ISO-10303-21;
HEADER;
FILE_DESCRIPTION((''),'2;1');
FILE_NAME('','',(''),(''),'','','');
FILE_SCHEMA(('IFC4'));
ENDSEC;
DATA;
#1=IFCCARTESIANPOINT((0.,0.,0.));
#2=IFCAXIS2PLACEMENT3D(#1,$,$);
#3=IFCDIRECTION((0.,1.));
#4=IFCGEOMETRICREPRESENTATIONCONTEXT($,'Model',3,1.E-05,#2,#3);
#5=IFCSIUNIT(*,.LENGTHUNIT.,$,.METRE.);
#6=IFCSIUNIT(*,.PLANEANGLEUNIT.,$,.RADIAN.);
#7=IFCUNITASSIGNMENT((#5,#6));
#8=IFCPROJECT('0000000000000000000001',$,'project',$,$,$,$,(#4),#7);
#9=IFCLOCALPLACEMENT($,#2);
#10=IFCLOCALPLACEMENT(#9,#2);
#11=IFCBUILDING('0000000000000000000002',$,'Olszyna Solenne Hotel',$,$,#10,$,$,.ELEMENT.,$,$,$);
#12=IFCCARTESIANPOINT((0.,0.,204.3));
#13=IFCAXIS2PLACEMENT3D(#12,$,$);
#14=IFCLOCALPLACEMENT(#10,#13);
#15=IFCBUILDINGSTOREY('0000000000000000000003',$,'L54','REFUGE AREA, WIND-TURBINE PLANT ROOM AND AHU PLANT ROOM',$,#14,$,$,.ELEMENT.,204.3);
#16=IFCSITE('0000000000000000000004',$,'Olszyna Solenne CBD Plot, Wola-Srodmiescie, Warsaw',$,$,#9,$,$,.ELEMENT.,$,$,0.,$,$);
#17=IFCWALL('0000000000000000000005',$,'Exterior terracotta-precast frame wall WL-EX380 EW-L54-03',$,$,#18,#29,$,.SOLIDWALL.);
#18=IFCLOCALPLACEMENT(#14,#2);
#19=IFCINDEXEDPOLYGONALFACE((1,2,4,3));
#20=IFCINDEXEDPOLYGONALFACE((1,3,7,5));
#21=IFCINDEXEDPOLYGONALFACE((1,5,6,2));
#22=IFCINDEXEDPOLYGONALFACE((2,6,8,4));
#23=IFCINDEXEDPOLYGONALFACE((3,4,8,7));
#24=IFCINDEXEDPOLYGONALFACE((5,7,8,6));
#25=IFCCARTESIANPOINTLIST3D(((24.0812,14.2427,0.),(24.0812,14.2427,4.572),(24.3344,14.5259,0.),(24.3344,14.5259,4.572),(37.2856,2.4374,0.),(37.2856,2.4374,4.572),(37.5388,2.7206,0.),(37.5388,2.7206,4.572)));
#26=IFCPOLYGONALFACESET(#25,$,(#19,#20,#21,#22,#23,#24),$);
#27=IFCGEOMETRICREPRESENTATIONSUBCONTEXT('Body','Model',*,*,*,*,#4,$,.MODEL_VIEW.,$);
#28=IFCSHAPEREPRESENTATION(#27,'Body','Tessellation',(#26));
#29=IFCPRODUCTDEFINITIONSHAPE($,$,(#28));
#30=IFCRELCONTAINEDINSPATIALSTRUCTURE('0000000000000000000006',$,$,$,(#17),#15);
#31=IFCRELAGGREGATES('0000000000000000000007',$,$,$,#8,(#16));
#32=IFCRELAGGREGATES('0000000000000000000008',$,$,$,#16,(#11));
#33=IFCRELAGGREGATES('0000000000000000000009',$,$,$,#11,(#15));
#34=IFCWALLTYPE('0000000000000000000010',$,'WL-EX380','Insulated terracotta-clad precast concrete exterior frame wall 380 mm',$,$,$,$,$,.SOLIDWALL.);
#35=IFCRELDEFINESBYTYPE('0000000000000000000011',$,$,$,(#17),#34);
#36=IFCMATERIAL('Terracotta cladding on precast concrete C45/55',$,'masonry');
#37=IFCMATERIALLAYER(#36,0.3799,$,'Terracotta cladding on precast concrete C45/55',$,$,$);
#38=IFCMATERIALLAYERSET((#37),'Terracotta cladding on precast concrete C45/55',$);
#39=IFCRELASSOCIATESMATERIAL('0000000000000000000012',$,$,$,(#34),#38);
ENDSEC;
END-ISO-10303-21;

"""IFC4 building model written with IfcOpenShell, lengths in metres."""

from ifc_helpers import new_model, si_unit, direction, frame, frame_2d, origin, place, context, subcontext, project, spatial, rectangle, extrude, material, layer, layer_set, type_object, element, save


model = new_model("IFC4")

# Units and contexts
model_context = context("Model", 3, precision=1e-05, world=origin(), true_north=direction((0.0, 1.0)))
body_context = subcontext(model_context, "Body", "Model", "MODEL_VIEW")
ifc_project = project(units=[si_unit("LENGTHUNIT", "METRE"), si_unit("PLANEANGLEUNIT", "RADIAN")], contexts=[model_context])

# Site, building, storey
site_placement = place(None, origin())
site = spatial("IfcSite", under=ifc_project, at=site_placement, Name="Olszyna Solenne CBD Plot, Wola-Srodmiescie, Warsaw", CompositionType="ELEMENT", RefElevation=0.0)
building_placement = place(site_placement, origin())
building = spatial("IfcBuilding", under=site, at=building_placement, Name="Olszyna Solenne Hotel", CompositionType="ELEMENT")
storey_placement = place(building_placement, frame((0.0, 0.0, 204.3)))
storey = spatial("IfcBuildingStorey", under=building, at=storey_placement, Name="L54", Description="REFUGE AREA, WIND-TURBINE PLANT ROOM AND AHU PLANT ROOM", CompositionType="ELEMENT", Elevation=204.3)

# Wall
ifc_material_1 = material(Name="Terracotta cladding on precast concrete C45/55", Category="masonry")
ifc_layer = layer(ifc_material_1, 0.3799, Name="Terracotta cladding on precast concrete C45/55")
ifc_layer_set = layer_set([ifc_layer], Name="Terracotta cladding on precast concrete C45/55")
wall_type = type_object("IfcWallType", Name="WL-EX380", Description="Insulated terracotta-clad precast concrete exterior frame wall 380 mm", PredefinedType="SOLIDWALL", material=ifc_layer_set)
wall_placement = place(storey_placement, frame((37.4121, 2.5791, 0.0), z_axis=(0.0, 0.0, 1.0), x_axis=(-0.7455, 0.666505, 0.0)))
element("IfcWall", 1, at=wall_placement, inside=storey, type_object=wall_type, Name="Exterior terracotta-precast frame wall WL-EX380 EW-L54-03", PredefinedType="SOLIDWALL", context=body_context, shape_type="SweptSolid", body=[
    extrude(rectangle(XDim=17.7122, YDim=0.3799, at=frame_2d((8.856, 0.0))), origin(), (0.0, 0.0, 1.0), 4.572),
])

save(model, "model.ifc")
